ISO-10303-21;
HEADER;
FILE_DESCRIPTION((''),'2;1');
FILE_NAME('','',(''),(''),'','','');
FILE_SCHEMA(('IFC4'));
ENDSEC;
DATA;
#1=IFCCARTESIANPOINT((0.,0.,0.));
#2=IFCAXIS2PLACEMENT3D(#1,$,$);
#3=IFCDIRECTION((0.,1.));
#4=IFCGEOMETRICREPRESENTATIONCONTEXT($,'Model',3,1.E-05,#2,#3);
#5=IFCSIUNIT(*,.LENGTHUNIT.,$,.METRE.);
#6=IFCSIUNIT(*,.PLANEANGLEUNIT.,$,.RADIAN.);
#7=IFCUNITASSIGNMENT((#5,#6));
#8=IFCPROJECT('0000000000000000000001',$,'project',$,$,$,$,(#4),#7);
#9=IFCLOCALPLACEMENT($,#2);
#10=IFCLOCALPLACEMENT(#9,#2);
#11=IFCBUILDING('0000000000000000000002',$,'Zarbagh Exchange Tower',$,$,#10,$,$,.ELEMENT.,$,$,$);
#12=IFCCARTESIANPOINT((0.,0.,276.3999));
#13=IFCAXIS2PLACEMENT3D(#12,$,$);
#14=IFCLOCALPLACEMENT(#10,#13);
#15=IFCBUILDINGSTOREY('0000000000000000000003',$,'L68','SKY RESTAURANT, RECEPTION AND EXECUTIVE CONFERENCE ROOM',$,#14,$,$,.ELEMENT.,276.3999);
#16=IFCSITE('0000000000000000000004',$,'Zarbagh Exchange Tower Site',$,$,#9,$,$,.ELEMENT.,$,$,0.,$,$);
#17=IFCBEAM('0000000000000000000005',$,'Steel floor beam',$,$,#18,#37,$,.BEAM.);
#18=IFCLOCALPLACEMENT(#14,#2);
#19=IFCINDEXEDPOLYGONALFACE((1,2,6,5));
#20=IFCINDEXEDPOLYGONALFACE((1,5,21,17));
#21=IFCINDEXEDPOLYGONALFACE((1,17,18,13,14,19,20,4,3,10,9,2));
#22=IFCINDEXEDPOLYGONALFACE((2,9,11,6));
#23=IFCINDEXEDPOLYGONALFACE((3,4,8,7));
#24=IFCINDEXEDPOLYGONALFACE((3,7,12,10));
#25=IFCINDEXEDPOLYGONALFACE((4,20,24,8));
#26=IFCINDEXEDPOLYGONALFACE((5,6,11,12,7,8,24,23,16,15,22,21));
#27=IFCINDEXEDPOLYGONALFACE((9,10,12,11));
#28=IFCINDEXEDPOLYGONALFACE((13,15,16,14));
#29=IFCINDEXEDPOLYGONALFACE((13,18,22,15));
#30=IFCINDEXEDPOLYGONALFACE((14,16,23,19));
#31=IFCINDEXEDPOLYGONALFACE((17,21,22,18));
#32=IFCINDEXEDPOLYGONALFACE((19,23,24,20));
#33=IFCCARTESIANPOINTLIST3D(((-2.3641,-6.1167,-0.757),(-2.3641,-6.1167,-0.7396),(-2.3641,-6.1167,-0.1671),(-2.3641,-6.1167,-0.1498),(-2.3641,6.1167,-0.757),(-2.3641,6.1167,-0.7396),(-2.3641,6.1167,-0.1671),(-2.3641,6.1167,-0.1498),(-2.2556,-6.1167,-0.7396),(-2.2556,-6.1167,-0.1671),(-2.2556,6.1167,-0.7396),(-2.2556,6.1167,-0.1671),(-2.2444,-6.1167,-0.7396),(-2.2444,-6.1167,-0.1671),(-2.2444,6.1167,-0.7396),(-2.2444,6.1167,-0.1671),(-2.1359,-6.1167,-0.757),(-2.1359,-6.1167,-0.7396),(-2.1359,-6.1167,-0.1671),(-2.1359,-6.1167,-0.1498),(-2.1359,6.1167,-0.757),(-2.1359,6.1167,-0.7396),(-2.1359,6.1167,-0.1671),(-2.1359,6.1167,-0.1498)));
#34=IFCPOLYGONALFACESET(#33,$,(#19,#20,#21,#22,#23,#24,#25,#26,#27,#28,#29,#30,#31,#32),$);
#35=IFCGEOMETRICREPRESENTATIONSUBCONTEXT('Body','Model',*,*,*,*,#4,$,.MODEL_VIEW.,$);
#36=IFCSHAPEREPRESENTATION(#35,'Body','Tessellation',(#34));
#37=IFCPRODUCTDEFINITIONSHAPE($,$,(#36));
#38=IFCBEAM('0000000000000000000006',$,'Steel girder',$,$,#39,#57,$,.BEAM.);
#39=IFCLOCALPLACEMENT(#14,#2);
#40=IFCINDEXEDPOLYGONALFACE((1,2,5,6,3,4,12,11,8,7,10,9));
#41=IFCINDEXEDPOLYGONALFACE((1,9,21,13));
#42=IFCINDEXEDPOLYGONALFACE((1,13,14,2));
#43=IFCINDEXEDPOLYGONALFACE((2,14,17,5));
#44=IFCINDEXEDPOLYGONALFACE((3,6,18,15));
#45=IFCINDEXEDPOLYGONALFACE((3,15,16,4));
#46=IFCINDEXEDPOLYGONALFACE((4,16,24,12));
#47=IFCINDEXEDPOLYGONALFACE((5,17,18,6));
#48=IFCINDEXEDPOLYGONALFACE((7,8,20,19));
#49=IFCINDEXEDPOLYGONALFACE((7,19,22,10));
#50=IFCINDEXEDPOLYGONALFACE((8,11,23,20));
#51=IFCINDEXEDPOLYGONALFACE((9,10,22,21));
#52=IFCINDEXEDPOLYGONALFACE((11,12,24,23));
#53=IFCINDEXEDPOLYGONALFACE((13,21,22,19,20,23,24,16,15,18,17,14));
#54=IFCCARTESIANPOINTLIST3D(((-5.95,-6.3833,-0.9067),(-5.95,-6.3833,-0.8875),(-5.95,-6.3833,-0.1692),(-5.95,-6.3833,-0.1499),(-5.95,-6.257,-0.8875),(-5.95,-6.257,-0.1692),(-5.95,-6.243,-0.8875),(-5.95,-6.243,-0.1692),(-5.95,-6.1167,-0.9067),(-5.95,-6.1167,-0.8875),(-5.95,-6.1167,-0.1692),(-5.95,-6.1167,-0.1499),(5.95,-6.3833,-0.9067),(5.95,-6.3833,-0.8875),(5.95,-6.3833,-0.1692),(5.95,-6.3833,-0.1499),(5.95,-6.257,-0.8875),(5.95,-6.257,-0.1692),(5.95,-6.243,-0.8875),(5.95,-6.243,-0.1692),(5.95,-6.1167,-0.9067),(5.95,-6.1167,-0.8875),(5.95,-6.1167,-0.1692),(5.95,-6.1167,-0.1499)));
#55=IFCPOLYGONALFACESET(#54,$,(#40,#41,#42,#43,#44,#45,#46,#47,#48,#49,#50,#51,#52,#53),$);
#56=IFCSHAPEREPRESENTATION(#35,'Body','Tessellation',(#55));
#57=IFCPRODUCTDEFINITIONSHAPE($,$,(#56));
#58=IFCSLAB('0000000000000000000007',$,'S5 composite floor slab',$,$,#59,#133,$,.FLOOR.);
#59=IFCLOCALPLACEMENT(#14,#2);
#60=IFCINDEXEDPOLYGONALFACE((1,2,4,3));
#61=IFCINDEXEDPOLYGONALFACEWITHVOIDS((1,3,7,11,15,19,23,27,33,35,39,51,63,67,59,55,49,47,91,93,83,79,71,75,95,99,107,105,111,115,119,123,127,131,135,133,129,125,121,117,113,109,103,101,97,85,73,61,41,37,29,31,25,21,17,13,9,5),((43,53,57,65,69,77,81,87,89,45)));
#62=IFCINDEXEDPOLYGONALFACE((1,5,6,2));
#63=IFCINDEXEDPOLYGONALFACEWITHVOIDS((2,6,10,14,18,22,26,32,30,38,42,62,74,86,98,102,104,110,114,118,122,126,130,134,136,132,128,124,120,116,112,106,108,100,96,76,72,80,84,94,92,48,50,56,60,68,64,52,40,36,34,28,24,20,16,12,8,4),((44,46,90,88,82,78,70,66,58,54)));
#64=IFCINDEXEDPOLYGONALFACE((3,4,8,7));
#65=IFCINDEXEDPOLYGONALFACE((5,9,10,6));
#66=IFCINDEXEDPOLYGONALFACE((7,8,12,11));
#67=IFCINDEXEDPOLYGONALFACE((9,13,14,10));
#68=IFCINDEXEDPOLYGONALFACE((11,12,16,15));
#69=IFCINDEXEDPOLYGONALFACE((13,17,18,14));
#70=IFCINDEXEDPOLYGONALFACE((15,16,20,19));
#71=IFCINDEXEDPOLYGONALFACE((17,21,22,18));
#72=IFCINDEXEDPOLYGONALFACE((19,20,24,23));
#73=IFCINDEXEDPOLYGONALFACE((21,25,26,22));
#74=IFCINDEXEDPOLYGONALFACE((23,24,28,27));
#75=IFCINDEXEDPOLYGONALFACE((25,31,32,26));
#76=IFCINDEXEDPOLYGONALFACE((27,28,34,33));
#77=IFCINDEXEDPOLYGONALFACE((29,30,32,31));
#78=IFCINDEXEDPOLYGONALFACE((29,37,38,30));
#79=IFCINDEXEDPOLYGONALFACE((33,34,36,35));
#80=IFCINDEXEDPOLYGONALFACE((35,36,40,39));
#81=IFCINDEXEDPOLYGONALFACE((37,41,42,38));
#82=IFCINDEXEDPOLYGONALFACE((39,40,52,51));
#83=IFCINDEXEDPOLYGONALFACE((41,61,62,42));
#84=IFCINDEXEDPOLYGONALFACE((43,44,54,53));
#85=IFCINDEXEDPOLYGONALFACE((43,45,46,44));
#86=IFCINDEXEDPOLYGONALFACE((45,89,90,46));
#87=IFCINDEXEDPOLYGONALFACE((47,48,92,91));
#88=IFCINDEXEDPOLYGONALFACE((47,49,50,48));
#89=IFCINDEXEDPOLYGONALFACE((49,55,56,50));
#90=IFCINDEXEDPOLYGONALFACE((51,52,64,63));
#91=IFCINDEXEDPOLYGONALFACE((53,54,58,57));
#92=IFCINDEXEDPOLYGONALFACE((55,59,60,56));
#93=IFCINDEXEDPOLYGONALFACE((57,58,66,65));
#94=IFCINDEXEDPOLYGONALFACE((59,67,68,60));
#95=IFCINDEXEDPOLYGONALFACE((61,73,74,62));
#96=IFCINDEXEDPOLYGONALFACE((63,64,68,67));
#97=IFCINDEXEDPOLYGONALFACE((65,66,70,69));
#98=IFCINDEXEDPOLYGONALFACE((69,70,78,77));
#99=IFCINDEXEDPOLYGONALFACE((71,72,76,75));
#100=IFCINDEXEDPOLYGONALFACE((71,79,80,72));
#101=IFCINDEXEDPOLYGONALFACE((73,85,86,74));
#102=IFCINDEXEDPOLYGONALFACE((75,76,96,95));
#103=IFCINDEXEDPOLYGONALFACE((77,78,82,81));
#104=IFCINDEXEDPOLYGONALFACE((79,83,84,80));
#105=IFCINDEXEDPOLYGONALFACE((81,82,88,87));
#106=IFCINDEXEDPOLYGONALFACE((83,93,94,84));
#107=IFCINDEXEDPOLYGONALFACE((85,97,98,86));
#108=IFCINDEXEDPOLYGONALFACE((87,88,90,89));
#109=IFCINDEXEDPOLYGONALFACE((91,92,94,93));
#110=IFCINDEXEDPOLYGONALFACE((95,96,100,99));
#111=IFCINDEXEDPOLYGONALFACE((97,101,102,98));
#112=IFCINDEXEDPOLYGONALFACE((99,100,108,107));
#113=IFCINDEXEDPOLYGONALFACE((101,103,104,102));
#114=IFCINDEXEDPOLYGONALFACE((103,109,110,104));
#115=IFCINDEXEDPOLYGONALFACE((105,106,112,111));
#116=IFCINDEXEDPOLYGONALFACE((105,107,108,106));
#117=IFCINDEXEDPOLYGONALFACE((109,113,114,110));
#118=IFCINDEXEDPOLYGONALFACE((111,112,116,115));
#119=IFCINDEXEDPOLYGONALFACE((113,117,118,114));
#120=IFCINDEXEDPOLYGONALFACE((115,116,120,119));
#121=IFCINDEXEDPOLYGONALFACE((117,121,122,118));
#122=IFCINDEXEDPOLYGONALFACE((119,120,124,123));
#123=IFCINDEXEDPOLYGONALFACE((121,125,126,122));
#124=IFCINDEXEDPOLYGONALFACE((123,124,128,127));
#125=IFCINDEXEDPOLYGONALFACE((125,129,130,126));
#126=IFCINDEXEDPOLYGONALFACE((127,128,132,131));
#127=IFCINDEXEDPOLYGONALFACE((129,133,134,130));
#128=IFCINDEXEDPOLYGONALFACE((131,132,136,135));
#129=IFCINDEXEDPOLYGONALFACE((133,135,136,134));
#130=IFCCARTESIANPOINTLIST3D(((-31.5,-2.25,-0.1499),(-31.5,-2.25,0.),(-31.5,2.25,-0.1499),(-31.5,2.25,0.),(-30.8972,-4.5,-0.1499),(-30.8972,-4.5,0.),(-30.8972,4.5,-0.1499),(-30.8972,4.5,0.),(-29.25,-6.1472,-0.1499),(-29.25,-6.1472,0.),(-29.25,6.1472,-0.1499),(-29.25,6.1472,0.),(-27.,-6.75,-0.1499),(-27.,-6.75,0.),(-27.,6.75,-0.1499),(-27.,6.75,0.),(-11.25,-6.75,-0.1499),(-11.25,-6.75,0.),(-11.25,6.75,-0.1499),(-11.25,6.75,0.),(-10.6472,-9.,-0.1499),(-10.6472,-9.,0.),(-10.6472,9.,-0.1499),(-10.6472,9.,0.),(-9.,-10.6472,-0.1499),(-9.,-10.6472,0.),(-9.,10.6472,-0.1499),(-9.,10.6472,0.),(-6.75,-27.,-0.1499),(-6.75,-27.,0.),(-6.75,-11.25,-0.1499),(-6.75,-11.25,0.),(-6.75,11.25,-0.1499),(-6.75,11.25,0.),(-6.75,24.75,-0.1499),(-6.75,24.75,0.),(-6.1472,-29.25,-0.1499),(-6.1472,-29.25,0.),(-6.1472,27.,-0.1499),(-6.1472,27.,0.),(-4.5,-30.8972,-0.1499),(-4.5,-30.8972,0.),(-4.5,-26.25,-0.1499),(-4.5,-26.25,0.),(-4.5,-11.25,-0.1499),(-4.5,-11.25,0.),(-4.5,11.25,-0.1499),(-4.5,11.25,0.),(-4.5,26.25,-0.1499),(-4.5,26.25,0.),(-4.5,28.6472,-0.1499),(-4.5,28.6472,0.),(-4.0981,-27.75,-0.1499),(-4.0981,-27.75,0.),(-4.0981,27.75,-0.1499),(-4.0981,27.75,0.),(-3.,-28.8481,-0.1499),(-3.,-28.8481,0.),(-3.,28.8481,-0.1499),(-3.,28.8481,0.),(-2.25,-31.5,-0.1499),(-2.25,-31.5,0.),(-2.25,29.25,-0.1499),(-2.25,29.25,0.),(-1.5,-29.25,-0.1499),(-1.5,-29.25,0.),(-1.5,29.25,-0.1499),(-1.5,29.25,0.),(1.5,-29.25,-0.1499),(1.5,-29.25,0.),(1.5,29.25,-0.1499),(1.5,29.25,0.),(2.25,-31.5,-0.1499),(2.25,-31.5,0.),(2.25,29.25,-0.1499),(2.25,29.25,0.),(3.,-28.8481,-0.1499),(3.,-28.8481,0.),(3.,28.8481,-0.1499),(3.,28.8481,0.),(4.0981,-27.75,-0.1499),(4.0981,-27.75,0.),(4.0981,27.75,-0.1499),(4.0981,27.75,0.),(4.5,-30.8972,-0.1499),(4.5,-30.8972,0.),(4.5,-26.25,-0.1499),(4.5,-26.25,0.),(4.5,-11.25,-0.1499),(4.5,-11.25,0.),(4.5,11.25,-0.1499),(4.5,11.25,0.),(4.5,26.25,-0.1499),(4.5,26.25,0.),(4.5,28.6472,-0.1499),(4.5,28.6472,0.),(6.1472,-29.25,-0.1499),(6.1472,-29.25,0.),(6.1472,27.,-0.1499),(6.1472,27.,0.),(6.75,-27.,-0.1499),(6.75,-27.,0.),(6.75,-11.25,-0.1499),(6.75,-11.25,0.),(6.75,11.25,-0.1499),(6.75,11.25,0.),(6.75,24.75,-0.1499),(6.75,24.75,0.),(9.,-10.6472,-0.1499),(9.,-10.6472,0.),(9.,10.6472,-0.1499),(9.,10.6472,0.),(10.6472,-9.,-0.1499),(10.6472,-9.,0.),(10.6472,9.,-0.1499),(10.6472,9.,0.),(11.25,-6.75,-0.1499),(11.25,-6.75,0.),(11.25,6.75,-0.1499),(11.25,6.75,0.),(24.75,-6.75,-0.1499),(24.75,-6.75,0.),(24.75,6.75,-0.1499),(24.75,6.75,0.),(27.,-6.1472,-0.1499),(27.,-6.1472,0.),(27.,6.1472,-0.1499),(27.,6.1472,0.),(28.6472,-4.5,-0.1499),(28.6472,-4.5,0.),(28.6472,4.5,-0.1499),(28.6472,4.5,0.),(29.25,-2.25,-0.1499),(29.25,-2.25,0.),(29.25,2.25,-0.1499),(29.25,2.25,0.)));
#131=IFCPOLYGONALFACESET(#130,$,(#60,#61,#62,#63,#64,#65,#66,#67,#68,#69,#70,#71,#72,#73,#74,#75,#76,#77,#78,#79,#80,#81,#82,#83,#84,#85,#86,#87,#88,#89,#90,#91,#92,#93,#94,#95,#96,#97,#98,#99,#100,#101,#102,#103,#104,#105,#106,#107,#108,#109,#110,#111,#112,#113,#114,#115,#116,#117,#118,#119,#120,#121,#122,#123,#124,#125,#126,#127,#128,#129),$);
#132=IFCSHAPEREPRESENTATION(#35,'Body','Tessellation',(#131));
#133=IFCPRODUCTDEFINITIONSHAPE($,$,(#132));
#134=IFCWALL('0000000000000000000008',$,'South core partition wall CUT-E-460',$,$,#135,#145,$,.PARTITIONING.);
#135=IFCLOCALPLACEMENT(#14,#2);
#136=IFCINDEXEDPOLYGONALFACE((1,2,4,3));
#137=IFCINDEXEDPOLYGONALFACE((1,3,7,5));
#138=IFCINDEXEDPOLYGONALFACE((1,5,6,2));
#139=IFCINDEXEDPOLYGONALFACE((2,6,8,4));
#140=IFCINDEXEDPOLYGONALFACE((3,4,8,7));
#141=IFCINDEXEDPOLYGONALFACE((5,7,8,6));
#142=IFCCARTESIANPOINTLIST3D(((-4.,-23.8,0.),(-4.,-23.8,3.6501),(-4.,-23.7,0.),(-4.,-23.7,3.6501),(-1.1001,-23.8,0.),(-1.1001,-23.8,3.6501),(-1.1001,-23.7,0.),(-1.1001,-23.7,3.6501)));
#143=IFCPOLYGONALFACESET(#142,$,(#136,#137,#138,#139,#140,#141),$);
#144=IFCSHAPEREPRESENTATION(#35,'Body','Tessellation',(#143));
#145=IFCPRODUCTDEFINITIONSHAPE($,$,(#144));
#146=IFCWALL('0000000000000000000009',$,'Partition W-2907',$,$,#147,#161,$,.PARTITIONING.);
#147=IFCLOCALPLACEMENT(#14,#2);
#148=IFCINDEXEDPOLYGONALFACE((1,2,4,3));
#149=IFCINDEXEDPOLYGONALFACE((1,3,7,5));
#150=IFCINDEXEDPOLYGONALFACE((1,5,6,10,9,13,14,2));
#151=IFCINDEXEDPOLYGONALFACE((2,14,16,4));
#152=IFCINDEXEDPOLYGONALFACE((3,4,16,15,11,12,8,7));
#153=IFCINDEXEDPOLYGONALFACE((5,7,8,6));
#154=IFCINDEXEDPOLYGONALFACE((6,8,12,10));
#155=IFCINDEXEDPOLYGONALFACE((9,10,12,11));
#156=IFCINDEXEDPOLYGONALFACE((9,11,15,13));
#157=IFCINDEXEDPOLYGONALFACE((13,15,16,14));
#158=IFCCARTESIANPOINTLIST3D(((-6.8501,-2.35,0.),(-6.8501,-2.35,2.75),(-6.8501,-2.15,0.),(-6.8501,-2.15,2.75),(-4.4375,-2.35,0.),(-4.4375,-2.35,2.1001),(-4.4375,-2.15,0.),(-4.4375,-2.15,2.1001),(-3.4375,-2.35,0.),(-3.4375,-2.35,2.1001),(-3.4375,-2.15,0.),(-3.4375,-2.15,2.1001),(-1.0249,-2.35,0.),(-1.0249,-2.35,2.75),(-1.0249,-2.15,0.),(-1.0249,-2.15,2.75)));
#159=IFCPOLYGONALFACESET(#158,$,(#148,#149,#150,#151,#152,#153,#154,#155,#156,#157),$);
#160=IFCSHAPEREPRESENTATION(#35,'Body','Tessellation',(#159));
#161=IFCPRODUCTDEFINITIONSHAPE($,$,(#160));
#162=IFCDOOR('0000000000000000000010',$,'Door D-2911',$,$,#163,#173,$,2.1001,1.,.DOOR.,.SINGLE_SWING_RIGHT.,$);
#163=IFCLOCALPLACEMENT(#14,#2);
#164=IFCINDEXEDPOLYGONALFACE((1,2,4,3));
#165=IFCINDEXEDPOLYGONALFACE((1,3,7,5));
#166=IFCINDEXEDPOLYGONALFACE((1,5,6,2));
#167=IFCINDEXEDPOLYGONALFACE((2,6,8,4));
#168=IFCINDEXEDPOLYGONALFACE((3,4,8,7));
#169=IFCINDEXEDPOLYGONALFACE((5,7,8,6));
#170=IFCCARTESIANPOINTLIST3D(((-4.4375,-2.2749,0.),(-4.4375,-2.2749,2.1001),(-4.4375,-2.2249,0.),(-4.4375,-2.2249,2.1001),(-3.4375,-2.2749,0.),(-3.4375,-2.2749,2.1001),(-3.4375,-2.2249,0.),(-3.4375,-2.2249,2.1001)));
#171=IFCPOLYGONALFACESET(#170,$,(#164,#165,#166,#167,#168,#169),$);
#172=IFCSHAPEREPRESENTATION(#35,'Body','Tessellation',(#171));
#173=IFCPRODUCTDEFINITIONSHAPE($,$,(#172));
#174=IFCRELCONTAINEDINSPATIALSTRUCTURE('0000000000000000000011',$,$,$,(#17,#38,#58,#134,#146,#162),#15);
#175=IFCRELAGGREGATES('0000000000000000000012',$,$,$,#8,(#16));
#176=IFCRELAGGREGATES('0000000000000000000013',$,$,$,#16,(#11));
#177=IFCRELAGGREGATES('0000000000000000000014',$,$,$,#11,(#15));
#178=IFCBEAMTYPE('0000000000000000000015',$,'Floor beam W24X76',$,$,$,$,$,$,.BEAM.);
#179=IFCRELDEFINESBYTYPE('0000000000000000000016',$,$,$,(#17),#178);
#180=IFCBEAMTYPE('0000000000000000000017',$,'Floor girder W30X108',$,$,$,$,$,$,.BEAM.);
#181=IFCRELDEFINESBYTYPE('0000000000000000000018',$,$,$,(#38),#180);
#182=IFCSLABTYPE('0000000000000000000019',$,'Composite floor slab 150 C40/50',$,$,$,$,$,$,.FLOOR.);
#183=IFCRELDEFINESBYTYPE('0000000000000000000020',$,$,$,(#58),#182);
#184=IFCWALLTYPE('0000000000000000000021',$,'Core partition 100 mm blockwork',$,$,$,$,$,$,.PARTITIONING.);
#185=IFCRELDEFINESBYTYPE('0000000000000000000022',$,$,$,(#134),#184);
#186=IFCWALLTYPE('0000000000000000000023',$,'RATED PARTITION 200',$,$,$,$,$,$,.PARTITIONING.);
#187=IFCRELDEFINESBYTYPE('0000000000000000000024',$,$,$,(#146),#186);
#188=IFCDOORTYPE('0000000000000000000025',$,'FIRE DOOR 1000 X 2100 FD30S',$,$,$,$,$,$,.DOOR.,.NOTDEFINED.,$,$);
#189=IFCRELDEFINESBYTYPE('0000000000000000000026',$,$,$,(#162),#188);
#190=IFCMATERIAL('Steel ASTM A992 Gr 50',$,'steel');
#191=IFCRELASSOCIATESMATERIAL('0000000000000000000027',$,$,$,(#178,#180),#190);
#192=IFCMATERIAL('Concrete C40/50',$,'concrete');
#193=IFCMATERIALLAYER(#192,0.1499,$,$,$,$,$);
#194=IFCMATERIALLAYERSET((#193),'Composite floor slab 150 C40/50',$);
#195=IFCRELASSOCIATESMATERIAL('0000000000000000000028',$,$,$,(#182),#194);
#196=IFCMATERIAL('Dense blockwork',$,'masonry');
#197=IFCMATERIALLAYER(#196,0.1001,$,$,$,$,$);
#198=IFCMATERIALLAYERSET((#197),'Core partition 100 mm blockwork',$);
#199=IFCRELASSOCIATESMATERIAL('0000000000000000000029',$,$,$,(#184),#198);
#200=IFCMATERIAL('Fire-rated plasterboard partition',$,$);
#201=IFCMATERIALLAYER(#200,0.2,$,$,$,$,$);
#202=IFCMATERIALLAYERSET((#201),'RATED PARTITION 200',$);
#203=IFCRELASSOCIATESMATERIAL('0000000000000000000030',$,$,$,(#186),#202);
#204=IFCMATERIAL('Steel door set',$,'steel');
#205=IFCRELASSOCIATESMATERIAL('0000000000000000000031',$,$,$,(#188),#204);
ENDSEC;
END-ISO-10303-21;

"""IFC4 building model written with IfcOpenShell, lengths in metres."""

from ifc_helpers import new_model, si_unit, direction, frame, frame_2d, origin, origin_2d, place, context, subcontext, project, spatial, polyline, rectangle, i_section, outline, extrude, material, layer, layer_set, material_profile, profile_set, type_object, element, fill, save


model = new_model("IFC4")

# Units and contexts
model_context = context("Model", 3, precision=1e-05, world=origin(), true_north=direction((0.0, 1.0)))
body_context = subcontext(model_context, "Body", "Model", "MODEL_VIEW")
ifc_project = project(units=[si_unit("LENGTHUNIT", "METRE"), si_unit("PLANEANGLEUNIT", "RADIAN")], contexts=[model_context])

# Site, building, storey
site_placement = place(None, origin())
site = spatial("IfcSite", under=ifc_project, at=site_placement, Name="Zarbagh Exchange Tower Site", CompositionType="ELEMENT", RefElevation=0.0)
building_placement = place(site_placement, origin())
building = spatial("IfcBuilding", under=site, at=building_placement, Name="Zarbagh Exchange Tower", CompositionType="ELEMENT")
storey_placement = place(building_placement, frame((0.0, 0.0, 276.3999)))
storey = spatial("IfcBuildingStorey", under=building, at=storey_placement, Name="L68", Description="SKY RESTAURANT, RECEPTION AND EXECUTIVE CONFERENCE ROOM", CompositionType="ELEMENT", Elevation=276.3999)

# Beams
ifc_material_1 = material(Name="Steel ASTM A992 Gr 50", Category="steel")
ifc_material_profile_1 = material_profile(ifc_material_1, i_section(OverallWidth=0.2283, OverallDepth=0.6072, WebThickness=0.0112, FlangeThickness=0.0173, at=origin_2d()), Name="W24X76")
ifc_profile_set_1 = profile_set([ifc_material_profile_1], Name="Steel ASTM A992 Gr 50")
beam_type_1 = type_object("IfcBeamType", Name="Floor beam W24X76", PredefinedType="BEAM", material=ifc_profile_set_1)
beam_1_placement = place(storey_placement, frame((-2.25, -6.1167, -0.4534), z_axis=(0.0, 1.0, 0.0), x_axis=(-1.0, 0.0, 0.0)))
element("IfcBeam", 1, at=beam_1_placement, inside=storey, type_object=beam_type_1, Name="Steel floor beam", PredefinedType="BEAM", context=body_context, shape_type="SweptSolid", body=[
    extrude(i_section(OverallWidth=0.2283, OverallDepth=0.6072, WebThickness=0.0112, FlangeThickness=0.0173, at=origin_2d()), origin(), (0.0, 0.0, 1.0), 12.2334),
])
ifc_material_profile_2 = material_profile(ifc_material_1, i_section(OverallWidth=0.2666, OverallDepth=0.7568, WebThickness=0.0139, FlangeThickness=0.0193, at=origin_2d()), Name="W30X108")
ifc_profile_set_2 = profile_set([ifc_material_profile_2], Name="Steel ASTM A992 Gr 50")
beam_type_2 = type_object("IfcBeamType", Name="Floor girder W30X108", PredefinedType="BEAM", material=ifc_profile_set_2)
beam_2_placement = place(storey_placement, frame((-5.95, -6.25, -0.5283), z_axis=(1.0, 0.0, 0.0), x_axis=(0.0, 1.0, 0.0)))
element("IfcBeam", 2, at=beam_2_placement, inside=storey, type_object=beam_type_2, Name="Steel girder", PredefinedType="BEAM", context=body_context, shape_type="SweptSolid", body=[
    extrude(i_section(OverallWidth=0.2666, OverallDepth=0.7568, WebThickness=0.0139, FlangeThickness=0.0193, at=origin_2d()), origin(), (0.0, 0.0, 1.0), 11.8999),
])

# Slab
ifc_material_2 = material(Name="Concrete C40/50", Category="concrete")
ifc_layer_1 = layer(ifc_material_2, 0.1499)
ifc_layer_set_1 = layer_set([ifc_layer_1], Name="Composite floor slab 150 C40/50")
slab_type = type_object("IfcSlabType", Name="Composite floor slab 150 C40/50", PredefinedType="FLOOR", material=ifc_layer_set_1)
slab_placement = place(storey_placement, frame((0.0, 0.0, -0.1499)))
element("IfcSlab", 3, at=slab_placement, inside=storey, type_object=slab_type, Name="S5 composite floor slab", PredefinedType="FLOOR", context=body_context, shape_type="SweptSolid", body=[
    extrude(outline(polyline([(-2.25, -31.5), (-4.5, -30.8972), (-6.1472, -29.25), (-6.75, -27.0), (-6.75, -11.25), (-9.0, -10.6472), (-10.6472, -9.0), (-11.25, -6.75), (-27.0, -6.75), (-29.25, -6.1472), (-30.8972, -4.5), (-31.5, -2.25), (-31.5, 2.25), (-30.8972, 4.5), (-29.25, 6.1472), (-27.0, 6.75), (-11.25, 6.75), (-10.6472, 9.0), (-9.0, 10.6472), (-6.75, 11.25), (-6.75, 24.75), (-6.1472, 27.0), (-4.5, 28.6472), (-2.25, 29.25), (-1.5, 29.25), (-3.0, 28.8481), (-4.0981, 27.75), (-4.5, 26.25), (-4.5, 11.25), (4.5, 11.25), (4.5, 26.25), (4.0981, 27.75), (3.0, 28.8481), (1.5, 29.25), (2.25, 29.25), (4.5, 28.6472), (6.1472, 27.0), (6.75, 24.75), (6.75, 11.25), (9.0, 10.6472), (10.6472, 9.0), (11.25, 6.75), (24.75, 6.75), (27.0, 6.1472), (28.6472, 4.5), (29.25, 2.25), (29.25, -2.25), (28.6472, -4.5), (27.0, -6.1472), (24.75, -6.75), (11.25, -6.75), (10.6472, -9.0), (9.0, -10.6472), (6.75, -11.25), (6.75, -27.0), (6.1472, -29.25), (4.5, -30.8972), (2.25, -31.5), (-2.25, -31.5)]), holes=[polyline([(-1.5, -29.25), (1.5, -29.25), (3.0, -28.8481), (4.0981, -27.75), (4.5, -26.25), (4.5, -11.25), (-4.5, -11.25), (-4.5, -26.25), (-4.0981, -27.75), (-3.0, -28.8481), (-1.5, -29.25)])]), origin(), (0.0, 0.0, 1.0), 0.1499),
])

# Wall
ifc_material_3 = material(Name="Dense blockwork", Category="masonry")
ifc_layer_2 = layer(ifc_material_3, 0.1001)
ifc_layer_set_2 = layer_set([ifc_layer_2], Name="Core partition 100 mm blockwork")
wall_type_1 = type_object("IfcWallType", Name="Core partition 100 mm blockwork", PredefinedType="PARTITIONING", material=ifc_layer_set_2)
wall_1_placement = place(storey_placement, frame((-1.1001, -23.75, 0.0), z_axis=(0.0, 0.0, 1.0), x_axis=(-1.0, 0.0, 0.0)))
element("IfcWall", 4, at=wall_1_placement, inside=storey, type_object=wall_type_1, Name="South core partition wall CUT-E-460", PredefinedType="PARTITIONING", context=body_context, shape_type="SweptSolid", body=[
    extrude(rectangle(XDim=2.8999, YDim=0.1001, at=frame_2d((1.45, 0.0))), origin(), (0.0, 0.0, 1.0), 3.6501),
])

# Wall, opening, door
ifc_material_4 = material(Name="Fire-rated plasterboard partition")
ifc_layer_3 = layer(ifc_material_4, 0.2)
ifc_layer_set_3 = layer_set([ifc_layer_3], Name="RATED PARTITION 200")
wall_type_2 = type_object("IfcWallType", Name="RATED PARTITION 200", PredefinedType="PARTITIONING", material=ifc_layer_set_3)
wall_2_placement = place(storey_placement, frame((-1.0249, -2.25, 0.0), z_axis=(0.0, 0.0, 1.0), x_axis=(-1.0, 0.0, 0.0)))
wall_2 = element("IfcWall", 5, at=wall_2_placement, inside=storey, type_object=wall_type_2, Name="Partition W-2907", PredefinedType="PARTITIONING", context=body_context, shape_type="SweptSolid", body=[
    extrude(rectangle(XDim=5.8252, YDim=0.2, at=frame_2d((2.9126, 0.0))), origin(), (0.0, 0.0, 1.0), 2.75),
])
opening_1_placement = place(wall_2_placement, frame((2.4126, 0.0, 0.0)))
opening_1 = element("IfcOpeningElement", 6, at=opening_1_placement, cuts=wall_2, PredefinedType="OPENING", context=body_context, shape_type="SweptSolid", body=[
    extrude(rectangle(XDim=1.0, YDim=2.1001, at=frame_2d((0.5, 1.05))), frame((0.0, 0.1099, 0.0), z_axis=(0.0, -1.0, 0.0), x_axis=(1.0, 0.0, 0.0)), (0.0, 0.0, 1.0), 0.22),
])
ifc_material_5 = material(Name="Steel door set", Category="steel")
door_type_1 = type_object("IfcDoorType", Name="FIRE DOOR 1000 X 2100 FD30S", OperationType="NOTDEFINED", PredefinedType="DOOR", material=ifc_material_5)
door_1_placement = place(opening_1_placement, origin())
door_1 = element("IfcDoor", 7, at=door_1_placement, inside=storey, type_object=door_type_1, Name="Door D-2911", OperationType="SINGLE_SWING_RIGHT", OverallHeight=2.1001, OverallWidth=1.0, PredefinedType="DOOR", context=body_context, shape_type="SweptSolid", body=[
    extrude(rectangle(XDim=1.0, YDim=2.1001, at=frame_2d((0.5, 1.05))), frame((0.0, 0.0249, 0.0), z_axis=(0.0, -1.0, 0.0), x_axis=(1.0, 0.0, 0.0)), (0.0, 0.0, 1.0), 0.05),
])
fill(opening_1, door_1)

save(model, "model.ifc")
